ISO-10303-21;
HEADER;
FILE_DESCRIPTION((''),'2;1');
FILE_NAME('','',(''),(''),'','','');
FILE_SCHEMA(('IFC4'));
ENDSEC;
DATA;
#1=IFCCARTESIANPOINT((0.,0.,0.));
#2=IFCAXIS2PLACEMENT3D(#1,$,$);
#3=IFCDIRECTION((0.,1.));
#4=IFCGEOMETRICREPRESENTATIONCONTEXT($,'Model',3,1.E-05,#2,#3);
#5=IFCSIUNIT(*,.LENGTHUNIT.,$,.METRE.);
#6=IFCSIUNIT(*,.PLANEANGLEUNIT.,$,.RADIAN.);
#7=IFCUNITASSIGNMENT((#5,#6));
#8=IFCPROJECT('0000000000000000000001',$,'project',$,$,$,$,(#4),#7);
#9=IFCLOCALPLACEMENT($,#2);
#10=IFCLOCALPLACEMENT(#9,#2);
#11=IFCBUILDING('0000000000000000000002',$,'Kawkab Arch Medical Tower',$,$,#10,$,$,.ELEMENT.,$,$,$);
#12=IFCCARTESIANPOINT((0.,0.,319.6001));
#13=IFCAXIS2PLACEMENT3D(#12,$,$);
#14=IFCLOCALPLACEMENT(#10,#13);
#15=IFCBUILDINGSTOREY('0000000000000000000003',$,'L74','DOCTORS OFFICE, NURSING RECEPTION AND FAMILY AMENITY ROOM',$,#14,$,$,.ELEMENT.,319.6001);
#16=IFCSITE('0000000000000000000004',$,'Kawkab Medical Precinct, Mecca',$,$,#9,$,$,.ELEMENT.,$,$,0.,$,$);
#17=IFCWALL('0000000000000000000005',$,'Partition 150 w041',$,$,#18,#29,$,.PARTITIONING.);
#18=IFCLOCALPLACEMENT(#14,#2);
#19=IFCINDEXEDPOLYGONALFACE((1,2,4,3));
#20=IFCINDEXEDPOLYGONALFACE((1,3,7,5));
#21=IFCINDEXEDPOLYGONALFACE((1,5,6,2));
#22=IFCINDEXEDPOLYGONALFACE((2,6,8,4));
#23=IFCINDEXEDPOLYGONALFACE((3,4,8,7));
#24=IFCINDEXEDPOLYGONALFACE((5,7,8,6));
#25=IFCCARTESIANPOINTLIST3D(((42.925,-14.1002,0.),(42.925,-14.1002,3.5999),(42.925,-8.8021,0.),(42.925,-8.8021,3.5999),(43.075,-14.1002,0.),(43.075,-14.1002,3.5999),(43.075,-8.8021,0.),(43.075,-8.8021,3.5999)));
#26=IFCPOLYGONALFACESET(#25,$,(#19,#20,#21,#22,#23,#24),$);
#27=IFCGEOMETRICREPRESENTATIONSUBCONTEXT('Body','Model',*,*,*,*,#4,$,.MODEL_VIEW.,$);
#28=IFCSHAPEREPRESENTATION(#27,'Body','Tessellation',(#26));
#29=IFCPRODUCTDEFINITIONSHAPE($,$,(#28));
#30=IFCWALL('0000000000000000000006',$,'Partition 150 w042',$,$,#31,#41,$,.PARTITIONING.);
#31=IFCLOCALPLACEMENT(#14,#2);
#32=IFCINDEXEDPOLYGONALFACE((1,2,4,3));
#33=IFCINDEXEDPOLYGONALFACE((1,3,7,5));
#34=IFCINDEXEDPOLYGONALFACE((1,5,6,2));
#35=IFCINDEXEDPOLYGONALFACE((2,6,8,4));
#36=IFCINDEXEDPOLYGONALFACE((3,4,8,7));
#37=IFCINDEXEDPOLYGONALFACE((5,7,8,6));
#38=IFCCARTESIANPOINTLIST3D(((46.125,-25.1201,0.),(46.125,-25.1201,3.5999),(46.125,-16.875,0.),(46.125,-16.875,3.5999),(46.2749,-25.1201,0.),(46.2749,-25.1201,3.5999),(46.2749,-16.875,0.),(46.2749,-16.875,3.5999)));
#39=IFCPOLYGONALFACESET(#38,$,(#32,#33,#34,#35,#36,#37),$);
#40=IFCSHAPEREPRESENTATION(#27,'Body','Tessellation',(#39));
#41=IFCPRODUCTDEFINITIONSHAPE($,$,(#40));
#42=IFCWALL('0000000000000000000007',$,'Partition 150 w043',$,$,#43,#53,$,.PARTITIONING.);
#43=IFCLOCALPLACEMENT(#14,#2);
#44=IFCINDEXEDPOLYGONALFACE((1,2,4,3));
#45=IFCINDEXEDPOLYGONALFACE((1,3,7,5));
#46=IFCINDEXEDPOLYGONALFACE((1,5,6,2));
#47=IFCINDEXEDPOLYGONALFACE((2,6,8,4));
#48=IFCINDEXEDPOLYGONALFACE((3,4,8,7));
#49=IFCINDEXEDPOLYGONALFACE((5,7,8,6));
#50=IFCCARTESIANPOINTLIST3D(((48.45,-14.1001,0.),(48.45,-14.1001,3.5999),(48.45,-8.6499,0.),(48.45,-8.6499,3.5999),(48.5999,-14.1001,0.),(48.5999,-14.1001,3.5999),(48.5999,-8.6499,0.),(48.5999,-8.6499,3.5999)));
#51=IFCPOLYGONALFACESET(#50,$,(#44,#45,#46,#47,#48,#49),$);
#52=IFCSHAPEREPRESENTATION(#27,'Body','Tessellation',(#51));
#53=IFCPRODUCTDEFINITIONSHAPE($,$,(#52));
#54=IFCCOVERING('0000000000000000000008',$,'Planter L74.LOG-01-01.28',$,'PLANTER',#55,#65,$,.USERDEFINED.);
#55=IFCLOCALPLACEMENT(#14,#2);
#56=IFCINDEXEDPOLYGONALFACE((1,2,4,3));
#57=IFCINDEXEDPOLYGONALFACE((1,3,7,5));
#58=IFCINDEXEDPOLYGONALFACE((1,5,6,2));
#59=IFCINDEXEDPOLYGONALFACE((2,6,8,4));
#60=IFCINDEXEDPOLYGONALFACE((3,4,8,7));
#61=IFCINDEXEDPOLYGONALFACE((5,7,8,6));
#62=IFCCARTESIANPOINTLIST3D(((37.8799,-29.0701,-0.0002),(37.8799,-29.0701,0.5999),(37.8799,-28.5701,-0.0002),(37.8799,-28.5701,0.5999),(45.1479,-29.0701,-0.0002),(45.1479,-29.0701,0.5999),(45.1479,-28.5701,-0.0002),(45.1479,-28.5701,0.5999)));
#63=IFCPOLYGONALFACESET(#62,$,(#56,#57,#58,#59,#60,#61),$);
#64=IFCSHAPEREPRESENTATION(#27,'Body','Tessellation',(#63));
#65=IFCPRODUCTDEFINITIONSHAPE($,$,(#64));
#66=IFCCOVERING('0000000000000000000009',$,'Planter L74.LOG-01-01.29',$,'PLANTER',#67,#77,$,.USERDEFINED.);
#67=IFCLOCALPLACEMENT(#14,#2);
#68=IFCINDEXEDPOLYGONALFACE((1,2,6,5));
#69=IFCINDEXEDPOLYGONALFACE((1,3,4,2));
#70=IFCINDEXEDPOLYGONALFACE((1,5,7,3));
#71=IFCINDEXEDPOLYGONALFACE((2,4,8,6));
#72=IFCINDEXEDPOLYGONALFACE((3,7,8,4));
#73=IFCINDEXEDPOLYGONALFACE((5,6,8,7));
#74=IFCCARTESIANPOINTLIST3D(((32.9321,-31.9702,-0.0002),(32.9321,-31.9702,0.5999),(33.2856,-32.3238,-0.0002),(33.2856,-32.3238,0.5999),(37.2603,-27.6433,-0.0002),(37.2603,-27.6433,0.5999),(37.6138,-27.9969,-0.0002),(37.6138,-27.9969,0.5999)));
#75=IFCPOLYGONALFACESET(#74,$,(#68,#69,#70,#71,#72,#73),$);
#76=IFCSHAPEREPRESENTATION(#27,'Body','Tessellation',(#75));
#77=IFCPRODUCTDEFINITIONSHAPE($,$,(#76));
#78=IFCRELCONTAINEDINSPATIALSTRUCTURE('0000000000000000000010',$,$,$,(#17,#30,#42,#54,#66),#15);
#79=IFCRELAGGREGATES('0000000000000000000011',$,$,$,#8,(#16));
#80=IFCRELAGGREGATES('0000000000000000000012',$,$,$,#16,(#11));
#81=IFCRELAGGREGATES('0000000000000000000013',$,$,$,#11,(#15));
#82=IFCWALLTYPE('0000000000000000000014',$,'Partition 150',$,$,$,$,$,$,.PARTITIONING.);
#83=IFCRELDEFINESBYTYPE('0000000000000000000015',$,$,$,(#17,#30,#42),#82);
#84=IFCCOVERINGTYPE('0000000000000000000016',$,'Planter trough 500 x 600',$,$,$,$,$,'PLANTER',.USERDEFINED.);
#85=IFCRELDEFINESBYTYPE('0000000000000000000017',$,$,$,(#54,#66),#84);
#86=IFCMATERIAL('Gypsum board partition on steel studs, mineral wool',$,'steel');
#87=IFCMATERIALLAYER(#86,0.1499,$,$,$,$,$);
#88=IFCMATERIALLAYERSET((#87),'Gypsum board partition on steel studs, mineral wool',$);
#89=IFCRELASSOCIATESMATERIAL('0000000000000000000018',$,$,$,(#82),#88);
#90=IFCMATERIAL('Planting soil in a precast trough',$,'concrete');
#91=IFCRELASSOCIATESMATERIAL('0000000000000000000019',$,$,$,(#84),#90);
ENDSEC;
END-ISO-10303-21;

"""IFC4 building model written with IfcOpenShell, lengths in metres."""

from ifc_helpers import new_model, si_unit, direction, frame, frame_2d, origin, origin_2d, place, context, subcontext, project, spatial, rectangle, extrude, material, layer, layer_set, material_profile, profile_set, type_object, element, save


model = new_model("IFC4")

# Units and contexts
model_context = context("Model", 3, precision=1e-05, world=origin(), true_north=direction((0.0, 1.0)))
body_context = subcontext(model_context, "Body", "Model", "MODEL_VIEW")
ifc_project = project(units=[si_unit("LENGTHUNIT", "METRE"), si_unit("PLANEANGLEUNIT", "RADIAN")], contexts=[model_context])

# Site, building, storey
site_placement = place(None, origin())
site = spatial("IfcSite", under=ifc_project, at=site_placement, Name="Kawkab Medical Precinct, Mecca", CompositionType="ELEMENT", RefElevation=0.0)
building_placement = place(site_placement, origin())
building = spatial("IfcBuilding", under=site, at=building_placement, Name="Kawkab Arch Medical Tower", CompositionType="ELEMENT")
storey_placement = place(building_placement, frame((0.0, 0.0, 319.6001)))
storey = spatial("IfcBuildingStorey", under=building, at=storey_placement, Name="L74", Description="DOCTORS OFFICE, NURSING RECEPTION AND FAMILY AMENITY ROOM", CompositionType="ELEMENT", Elevation=319.6001)

# Shared definitions
ifc_material_1 = material(Name="Gypsum board partition on steel studs, mineral wool", Category="steel")
ifc_layer_1 = layer(ifc_material_1, 0.1499)
ifc_layer_set_1 = layer_set([ifc_layer_1], Name="Gypsum board partition on steel studs, mineral wool")
wall_type_1 = type_object("IfcWallType", Name="Partition 150", PredefinedType="PARTITIONING", material=ifc_layer_set_1)

# Walls
wall_1_placement = place(storey_placement, frame((43.0, -14.1001, 0.0), z_axis=(0.0, 0.0, 1.0), x_axis=(0.0, 1.0, 0.0)))
element("IfcWall", 1, at=wall_1_placement, inside=storey, type_object=wall_type_1, Name="Partition 150 w041", PredefinedType="PARTITIONING", context=body_context, shape_type="SweptSolid", body=[
    extrude(rectangle(XDim=5.2981, YDim=0.1499, at=frame_2d((2.6489, 0.0))), origin(), (0.0, 0.0, 1.0), 3.5999),
])
wall_2_placement = place(storey_placement, frame((46.2, -25.1201, 0.0), z_axis=(0.0, 0.0, 1.0), x_axis=(0.0, 1.0, 0.0)))
element("IfcWall", 2, at=wall_2_placement, inside=storey, type_object=wall_type_1, Name="Partition 150 w042", PredefinedType="PARTITIONING", context=body_context, shape_type="SweptSolid", body=[
    extrude(rectangle(XDim=8.2451, YDim=0.1499, at=frame_2d((4.1226, 0.0))), origin(), (0.0, 0.0, 1.0), 3.5999),
])
wall_3_placement = place(storey_placement, frame((48.5249, -14.1001, 0.0), z_axis=(0.0, 0.0, 1.0), x_axis=(0.0, 1.0, 0.0)))
element("IfcWall", 3, at=wall_3_placement, inside=storey, type_object=wall_type_1, Name="Partition 150 w043", PredefinedType="PARTITIONING", context=body_context, shape_type="SweptSolid", body=[
    extrude(rectangle(XDim=5.4502, YDim=0.1499, at=frame_2d((2.7251, 0.0))), origin(), (0.0, 0.0, 1.0), 3.5999),
])

# Coverings
ifc_material_2 = material(Name="Planting soil in a precast trough", Category="concrete")
ifc_material_profile_1 = material_profile(ifc_material_2, rectangle(XDim=0.5, YDim=0.6001, at=origin_2d()), Name="Trough 500x600")
ifc_profile_set_1 = profile_set([ifc_material_profile_1], Name="Planting soil in a precast trough")
covering_type = type_object("IfcCoveringType", Name="Planter trough 500 x 600", ElementType="PLANTER", PredefinedType="USERDEFINED", material=ifc_profile_set_1)
covering_1_placement = place(storey_placement, frame((45.1479, -28.8201, 0.2998), z_axis=(-1.0, 0.0, 0.0), x_axis=(0.0, -1.0, 0.0)))
element("IfcCovering", 4, at=covering_1_placement, inside=storey, type_object=covering_type, Name="Planter L74.LOG-01-01.28", ObjectType="PLANTER", PredefinedType="USERDEFINED", context=body_context, shape_type="SweptSolid", body=[
    extrude(rectangle(XDim=0.5, YDim=0.6001, at=origin_2d()), origin(), (0.0, 0.0, 1.0), 7.2681),
])
covering_2_placement = place(storey_placement, frame((37.437, -27.8201, 0.2998), z_axis=(-0.707207, -0.707007, 0.0), x_axis=(0.707007, -0.707207, 0.0)))
element("IfcCovering", 5, at=covering_2_placement, inside=storey, type_object=covering_type, Name="Planter L74.LOG-01-01.29", ObjectType="PLANTER", PredefinedType="USERDEFINED", context=body_context, shape_type="SweptSolid", body=[
    extrude(rectangle(XDim=0.5, YDim=0.6001, at=origin_2d()), origin(), (0.0, 0.0, 1.0), 6.1201),
])

save(model, "model.ifc")
